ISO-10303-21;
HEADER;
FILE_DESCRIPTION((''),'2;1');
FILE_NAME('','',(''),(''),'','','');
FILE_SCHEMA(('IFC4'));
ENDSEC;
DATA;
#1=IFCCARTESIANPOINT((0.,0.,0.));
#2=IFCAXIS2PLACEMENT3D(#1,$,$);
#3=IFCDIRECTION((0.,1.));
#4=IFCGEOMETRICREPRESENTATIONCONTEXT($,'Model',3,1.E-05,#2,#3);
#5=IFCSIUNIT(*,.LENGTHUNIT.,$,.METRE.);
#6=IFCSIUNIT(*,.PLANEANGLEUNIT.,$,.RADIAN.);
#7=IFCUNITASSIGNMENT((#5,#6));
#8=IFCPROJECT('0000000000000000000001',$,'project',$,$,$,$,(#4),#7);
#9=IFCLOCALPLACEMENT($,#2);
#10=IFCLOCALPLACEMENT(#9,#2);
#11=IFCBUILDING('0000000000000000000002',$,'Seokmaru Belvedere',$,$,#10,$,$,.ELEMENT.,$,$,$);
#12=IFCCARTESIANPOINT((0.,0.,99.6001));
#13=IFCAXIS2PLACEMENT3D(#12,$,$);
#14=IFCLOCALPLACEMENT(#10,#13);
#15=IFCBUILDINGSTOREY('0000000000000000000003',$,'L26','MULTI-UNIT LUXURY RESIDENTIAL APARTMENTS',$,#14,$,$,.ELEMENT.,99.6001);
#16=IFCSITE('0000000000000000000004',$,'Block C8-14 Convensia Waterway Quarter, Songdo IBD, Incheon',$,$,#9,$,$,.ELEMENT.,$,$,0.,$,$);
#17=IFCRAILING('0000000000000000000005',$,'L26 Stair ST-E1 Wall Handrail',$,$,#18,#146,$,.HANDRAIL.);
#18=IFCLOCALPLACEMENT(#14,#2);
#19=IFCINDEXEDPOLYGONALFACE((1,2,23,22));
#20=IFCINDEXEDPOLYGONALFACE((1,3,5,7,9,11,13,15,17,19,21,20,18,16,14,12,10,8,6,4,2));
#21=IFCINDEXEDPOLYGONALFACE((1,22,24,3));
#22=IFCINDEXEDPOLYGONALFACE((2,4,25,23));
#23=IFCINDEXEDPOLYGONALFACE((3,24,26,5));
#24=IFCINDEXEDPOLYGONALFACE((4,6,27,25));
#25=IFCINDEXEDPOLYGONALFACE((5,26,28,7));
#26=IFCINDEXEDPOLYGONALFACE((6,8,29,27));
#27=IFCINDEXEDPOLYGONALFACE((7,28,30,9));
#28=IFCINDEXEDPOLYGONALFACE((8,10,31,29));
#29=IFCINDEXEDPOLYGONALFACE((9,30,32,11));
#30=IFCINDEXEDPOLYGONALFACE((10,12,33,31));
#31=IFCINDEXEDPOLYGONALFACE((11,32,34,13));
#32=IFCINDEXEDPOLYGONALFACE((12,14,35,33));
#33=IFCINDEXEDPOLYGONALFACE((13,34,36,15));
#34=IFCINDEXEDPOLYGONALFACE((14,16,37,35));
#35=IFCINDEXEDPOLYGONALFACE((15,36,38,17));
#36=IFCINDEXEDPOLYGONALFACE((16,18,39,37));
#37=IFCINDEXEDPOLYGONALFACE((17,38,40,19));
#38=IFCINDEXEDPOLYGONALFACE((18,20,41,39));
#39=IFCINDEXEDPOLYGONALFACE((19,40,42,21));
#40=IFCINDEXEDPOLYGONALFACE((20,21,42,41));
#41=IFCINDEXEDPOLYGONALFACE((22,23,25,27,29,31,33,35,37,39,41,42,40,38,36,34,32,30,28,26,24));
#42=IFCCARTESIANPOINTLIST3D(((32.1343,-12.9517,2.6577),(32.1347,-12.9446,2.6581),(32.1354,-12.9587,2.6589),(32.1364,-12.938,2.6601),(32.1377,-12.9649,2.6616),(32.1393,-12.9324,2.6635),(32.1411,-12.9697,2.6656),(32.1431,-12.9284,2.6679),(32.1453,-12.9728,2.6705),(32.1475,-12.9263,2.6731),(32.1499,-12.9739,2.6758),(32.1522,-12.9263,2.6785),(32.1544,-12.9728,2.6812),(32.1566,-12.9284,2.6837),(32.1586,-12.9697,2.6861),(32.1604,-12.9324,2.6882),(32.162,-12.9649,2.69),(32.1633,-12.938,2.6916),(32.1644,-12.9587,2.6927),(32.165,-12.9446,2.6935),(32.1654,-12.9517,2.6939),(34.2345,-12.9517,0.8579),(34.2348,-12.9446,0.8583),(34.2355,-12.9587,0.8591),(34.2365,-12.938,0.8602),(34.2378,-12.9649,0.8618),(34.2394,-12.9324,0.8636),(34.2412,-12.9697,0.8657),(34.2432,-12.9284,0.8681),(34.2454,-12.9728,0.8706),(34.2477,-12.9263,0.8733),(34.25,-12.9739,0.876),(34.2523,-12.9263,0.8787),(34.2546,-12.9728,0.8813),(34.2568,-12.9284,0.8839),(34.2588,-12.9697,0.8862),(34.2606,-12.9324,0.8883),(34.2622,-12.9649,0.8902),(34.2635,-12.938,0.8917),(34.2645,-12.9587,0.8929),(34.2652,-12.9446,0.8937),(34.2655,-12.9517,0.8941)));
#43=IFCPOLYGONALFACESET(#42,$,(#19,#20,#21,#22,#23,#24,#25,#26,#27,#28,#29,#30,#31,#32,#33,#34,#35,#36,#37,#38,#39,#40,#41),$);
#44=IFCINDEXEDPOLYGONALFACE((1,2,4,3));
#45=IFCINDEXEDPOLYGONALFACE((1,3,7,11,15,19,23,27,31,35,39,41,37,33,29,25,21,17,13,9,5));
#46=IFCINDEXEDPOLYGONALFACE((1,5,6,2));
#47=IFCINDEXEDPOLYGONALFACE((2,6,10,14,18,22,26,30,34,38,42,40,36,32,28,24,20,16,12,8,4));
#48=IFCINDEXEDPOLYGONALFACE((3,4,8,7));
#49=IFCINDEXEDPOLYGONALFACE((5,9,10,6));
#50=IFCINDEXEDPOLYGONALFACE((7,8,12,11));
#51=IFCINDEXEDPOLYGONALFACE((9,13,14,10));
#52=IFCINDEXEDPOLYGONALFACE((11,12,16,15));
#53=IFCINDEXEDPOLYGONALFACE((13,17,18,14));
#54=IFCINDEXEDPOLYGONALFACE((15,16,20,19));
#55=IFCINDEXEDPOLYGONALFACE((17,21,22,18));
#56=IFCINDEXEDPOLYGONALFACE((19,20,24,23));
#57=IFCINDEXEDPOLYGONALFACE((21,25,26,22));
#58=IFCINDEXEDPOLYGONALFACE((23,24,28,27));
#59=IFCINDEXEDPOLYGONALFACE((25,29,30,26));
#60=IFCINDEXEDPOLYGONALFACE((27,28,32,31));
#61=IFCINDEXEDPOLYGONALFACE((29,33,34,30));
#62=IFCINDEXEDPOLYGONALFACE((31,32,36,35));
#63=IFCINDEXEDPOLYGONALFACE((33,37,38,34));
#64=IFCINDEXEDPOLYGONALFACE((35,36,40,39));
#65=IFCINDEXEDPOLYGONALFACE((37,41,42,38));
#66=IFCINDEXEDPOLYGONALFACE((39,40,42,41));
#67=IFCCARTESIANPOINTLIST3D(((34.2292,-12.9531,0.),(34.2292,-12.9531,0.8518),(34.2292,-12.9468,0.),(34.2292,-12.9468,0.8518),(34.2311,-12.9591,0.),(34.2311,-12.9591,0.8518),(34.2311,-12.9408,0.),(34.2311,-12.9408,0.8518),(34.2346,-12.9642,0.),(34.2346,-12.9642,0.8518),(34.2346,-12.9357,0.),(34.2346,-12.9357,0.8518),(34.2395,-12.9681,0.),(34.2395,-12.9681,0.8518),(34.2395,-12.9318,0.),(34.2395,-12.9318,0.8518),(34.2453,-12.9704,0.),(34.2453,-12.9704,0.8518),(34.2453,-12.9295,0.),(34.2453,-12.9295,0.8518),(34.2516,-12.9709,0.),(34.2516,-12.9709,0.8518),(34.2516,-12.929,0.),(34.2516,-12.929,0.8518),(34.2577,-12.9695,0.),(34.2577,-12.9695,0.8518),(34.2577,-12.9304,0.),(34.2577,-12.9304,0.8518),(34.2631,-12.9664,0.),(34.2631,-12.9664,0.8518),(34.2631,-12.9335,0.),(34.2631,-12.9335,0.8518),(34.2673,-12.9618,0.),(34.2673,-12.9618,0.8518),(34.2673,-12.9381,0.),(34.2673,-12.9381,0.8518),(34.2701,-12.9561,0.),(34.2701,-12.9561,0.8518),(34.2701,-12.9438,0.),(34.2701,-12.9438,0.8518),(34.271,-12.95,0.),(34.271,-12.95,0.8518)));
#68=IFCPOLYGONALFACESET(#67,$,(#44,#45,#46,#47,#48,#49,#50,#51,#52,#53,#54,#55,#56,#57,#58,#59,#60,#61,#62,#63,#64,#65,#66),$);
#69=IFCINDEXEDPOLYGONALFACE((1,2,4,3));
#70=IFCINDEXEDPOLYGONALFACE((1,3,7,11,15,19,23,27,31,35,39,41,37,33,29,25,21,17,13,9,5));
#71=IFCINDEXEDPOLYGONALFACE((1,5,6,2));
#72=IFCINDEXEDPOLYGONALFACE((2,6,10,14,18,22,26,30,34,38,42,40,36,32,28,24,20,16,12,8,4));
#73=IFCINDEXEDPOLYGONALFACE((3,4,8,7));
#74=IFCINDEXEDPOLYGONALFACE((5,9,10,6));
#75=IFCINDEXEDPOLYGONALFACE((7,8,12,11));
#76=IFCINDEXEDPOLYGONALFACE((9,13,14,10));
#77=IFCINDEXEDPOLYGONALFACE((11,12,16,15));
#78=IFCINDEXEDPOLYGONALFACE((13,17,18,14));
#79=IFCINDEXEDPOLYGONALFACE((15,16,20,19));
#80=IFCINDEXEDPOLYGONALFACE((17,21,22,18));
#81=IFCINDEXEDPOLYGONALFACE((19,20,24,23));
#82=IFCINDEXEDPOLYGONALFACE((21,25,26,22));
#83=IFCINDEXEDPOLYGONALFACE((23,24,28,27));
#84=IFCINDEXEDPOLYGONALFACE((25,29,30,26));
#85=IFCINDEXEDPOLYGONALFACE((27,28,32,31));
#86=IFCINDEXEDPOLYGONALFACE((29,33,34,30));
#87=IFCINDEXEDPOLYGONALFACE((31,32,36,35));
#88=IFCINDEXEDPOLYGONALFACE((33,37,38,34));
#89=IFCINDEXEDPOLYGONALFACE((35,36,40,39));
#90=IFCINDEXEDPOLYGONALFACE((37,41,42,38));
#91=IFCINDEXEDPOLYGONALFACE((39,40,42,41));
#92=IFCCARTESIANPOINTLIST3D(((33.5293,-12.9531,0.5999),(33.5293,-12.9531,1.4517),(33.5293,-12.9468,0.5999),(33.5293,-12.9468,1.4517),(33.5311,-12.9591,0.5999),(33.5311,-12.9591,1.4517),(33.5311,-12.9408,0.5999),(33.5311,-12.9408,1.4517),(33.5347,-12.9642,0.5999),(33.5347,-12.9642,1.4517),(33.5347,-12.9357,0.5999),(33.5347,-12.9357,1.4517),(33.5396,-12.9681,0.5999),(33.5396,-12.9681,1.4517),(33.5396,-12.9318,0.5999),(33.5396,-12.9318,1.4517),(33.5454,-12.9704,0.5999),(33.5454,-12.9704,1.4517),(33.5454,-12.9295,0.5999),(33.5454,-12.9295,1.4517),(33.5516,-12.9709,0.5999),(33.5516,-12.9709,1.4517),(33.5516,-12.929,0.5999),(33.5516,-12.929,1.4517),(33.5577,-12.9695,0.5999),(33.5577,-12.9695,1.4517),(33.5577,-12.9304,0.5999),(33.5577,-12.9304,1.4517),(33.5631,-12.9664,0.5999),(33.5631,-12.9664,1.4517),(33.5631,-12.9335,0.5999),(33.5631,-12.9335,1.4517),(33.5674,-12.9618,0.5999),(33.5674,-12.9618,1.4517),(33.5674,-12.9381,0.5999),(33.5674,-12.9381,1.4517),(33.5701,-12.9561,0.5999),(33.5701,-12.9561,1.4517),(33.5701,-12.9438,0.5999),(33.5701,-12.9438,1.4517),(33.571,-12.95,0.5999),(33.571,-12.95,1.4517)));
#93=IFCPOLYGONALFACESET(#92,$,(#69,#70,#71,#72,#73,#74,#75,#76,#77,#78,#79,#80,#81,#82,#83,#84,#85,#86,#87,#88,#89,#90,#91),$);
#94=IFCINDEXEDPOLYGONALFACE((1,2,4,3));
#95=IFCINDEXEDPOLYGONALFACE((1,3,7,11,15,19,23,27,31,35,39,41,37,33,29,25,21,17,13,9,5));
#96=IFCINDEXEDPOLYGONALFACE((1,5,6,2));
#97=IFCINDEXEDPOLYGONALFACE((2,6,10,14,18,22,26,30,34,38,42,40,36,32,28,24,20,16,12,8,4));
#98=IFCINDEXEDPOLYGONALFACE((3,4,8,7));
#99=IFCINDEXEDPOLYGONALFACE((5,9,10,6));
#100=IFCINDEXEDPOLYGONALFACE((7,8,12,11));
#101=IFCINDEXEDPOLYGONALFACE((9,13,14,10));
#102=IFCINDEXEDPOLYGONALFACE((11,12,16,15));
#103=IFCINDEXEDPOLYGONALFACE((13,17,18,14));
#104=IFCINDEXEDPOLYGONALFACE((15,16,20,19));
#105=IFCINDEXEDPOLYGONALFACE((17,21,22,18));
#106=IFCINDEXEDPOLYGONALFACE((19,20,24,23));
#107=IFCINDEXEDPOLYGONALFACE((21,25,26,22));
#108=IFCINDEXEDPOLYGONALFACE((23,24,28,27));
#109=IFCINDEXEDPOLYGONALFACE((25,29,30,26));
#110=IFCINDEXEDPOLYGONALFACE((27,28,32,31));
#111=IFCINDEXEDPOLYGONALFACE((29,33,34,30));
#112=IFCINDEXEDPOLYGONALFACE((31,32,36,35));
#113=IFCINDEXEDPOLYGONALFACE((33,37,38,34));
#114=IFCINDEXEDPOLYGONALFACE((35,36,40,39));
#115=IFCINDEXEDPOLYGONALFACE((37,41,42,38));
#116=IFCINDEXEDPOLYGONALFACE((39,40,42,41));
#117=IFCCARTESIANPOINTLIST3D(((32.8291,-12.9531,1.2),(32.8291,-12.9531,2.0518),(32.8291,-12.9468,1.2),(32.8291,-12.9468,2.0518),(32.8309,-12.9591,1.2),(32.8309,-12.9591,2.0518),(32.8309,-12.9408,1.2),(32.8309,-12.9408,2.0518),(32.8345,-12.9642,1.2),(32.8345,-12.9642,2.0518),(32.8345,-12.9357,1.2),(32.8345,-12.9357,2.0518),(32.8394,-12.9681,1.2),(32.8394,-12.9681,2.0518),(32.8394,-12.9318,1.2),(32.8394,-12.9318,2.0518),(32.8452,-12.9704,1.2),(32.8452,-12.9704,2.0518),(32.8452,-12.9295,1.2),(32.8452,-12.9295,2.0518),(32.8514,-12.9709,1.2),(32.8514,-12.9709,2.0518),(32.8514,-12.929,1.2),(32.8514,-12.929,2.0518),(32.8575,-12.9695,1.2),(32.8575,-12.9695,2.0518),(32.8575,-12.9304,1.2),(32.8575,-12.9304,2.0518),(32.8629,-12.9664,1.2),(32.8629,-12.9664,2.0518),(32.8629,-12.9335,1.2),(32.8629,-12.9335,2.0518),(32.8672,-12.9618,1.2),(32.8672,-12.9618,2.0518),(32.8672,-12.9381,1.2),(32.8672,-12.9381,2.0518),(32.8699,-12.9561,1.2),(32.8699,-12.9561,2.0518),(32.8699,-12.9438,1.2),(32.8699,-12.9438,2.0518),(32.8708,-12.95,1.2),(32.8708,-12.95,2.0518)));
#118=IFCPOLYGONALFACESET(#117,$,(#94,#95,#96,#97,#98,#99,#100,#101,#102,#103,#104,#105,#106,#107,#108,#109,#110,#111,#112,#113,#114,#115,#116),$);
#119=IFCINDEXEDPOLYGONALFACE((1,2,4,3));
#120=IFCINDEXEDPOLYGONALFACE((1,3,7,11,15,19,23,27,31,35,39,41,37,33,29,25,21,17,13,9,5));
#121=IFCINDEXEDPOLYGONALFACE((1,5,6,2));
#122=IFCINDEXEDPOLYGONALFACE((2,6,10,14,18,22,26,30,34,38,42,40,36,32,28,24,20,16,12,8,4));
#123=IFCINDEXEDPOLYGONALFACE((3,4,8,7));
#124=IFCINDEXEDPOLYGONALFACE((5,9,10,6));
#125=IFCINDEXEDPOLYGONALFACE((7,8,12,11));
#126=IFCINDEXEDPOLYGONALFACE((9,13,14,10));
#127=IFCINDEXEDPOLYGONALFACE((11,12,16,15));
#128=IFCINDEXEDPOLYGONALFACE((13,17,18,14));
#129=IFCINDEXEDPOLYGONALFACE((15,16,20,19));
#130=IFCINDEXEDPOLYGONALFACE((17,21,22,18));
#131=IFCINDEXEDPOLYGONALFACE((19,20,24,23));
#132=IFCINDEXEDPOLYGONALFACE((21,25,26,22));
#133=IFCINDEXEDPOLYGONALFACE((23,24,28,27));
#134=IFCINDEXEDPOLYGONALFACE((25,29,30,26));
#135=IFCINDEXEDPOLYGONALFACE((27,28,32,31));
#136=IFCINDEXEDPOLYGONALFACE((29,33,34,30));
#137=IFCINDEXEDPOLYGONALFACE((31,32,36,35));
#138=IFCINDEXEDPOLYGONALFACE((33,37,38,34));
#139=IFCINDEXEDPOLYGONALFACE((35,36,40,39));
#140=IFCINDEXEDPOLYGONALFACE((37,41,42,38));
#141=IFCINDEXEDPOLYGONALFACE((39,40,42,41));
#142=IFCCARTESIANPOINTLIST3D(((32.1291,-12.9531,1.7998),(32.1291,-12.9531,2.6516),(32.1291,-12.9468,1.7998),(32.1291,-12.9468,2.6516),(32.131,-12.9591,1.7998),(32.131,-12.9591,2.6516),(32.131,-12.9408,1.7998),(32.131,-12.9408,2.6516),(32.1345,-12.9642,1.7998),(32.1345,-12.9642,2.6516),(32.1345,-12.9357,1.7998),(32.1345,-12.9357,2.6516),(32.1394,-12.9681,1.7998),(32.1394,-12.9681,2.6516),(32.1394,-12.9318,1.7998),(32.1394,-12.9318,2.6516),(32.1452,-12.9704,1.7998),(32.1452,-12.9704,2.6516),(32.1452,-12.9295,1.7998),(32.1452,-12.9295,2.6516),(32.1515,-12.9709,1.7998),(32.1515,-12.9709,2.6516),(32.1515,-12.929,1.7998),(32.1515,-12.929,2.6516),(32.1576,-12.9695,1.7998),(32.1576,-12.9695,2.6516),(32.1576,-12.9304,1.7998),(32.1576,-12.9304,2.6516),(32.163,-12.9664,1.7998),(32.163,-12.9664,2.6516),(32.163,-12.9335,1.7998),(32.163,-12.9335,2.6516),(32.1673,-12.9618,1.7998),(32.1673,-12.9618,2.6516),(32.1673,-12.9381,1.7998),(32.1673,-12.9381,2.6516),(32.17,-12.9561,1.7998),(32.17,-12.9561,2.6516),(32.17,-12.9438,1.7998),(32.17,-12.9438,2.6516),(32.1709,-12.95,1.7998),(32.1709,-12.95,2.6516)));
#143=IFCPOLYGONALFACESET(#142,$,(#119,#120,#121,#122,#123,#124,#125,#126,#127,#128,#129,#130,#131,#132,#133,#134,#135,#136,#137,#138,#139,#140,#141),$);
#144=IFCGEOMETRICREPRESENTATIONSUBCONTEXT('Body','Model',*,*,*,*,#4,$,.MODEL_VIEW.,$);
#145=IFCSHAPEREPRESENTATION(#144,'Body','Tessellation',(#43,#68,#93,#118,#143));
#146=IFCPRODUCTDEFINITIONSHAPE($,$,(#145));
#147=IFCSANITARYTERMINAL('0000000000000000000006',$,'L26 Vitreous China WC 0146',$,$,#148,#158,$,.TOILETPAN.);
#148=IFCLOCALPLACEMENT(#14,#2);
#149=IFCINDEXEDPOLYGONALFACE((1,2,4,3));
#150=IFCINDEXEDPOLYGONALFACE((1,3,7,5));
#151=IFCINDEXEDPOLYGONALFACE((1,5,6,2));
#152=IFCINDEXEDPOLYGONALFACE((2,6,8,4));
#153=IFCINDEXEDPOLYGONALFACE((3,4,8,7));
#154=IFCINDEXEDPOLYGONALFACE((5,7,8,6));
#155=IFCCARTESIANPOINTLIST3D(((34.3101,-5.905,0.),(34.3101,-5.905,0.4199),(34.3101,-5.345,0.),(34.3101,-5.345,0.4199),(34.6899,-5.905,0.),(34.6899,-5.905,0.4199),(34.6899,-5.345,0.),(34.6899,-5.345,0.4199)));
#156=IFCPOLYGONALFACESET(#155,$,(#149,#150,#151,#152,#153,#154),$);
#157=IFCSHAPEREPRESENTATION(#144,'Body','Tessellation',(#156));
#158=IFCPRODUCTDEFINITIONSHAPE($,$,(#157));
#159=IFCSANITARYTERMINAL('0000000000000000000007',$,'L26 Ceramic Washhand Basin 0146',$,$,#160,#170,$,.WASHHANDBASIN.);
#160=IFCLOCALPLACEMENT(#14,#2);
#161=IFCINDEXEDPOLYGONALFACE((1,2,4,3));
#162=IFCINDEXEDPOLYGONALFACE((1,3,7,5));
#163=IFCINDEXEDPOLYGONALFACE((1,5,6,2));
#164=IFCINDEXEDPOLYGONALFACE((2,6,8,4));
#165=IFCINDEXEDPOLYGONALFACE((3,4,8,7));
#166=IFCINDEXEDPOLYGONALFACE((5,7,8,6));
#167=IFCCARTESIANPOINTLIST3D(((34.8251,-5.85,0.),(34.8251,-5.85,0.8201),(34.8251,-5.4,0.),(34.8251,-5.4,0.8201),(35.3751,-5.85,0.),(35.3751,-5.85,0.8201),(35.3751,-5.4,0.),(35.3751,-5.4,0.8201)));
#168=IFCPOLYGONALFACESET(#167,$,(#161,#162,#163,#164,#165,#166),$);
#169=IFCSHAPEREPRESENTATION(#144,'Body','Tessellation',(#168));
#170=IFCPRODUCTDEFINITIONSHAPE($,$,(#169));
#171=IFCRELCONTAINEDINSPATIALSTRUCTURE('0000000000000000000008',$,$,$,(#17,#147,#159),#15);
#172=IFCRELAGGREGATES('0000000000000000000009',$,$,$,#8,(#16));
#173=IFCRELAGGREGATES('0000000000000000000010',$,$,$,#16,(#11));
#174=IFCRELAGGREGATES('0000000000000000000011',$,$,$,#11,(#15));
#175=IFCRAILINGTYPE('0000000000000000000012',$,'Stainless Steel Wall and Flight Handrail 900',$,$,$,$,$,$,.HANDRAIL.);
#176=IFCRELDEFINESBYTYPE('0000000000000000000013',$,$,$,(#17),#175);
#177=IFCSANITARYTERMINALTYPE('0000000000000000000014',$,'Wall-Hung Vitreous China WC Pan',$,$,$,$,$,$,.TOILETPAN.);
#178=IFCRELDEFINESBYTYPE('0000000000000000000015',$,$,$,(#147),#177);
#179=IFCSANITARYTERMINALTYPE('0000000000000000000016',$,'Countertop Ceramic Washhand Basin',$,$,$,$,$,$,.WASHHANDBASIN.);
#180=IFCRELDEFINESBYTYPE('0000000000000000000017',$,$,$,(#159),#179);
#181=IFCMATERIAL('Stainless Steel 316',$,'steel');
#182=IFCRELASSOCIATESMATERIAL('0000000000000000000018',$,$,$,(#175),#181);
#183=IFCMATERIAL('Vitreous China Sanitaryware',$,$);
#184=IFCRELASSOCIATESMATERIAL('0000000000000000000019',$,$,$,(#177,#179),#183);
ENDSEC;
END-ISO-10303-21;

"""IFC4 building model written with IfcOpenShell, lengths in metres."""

from ifc_helpers import new_model, si_unit, direction, frame, origin, origin_2d, place, context, subcontext, project, spatial, rectangle, circle, extrude, source, transform, mapped, material, type_object, type_shapes, element, save


model = new_model("IFC4")

# Units and contexts
model_context = context("Model", 3, precision=1e-05, world=origin(), true_north=direction((0.0, 1.0)))
body_context = subcontext(model_context, "Body", "Model", "MODEL_VIEW")
ifc_project = project(units=[si_unit("LENGTHUNIT", "METRE"), si_unit("PLANEANGLEUNIT", "RADIAN")], contexts=[model_context])

# Site, building, storey
site_placement = place(None, origin())
site = spatial("IfcSite", under=ifc_project, at=site_placement, Name="Block C8-14 Convensia Waterway Quarter, Songdo IBD, Incheon", CompositionType="ELEMENT", RefElevation=0.0)
building_placement = place(site_placement, origin())
building = spatial("IfcBuilding", under=site, at=building_placement, Name="Seokmaru Belvedere", CompositionType="ELEMENT")
storey_placement = place(building_placement, frame((0.0, 0.0, 99.6001)))
storey = spatial("IfcBuildingStorey", under=building, at=storey_placement, Name="L26", Description="MULTI-UNIT LUXURY RESIDENTIAL APARTMENTS", CompositionType="ELEMENT", Elevation=99.6001)

# Shared definitions
ifc_material_1 = material(Name="Stainless Steel 316", Category="steel")

# Railing
railing_type_1 = type_object("IfcRailingType", Name="Stainless Steel Wall and Flight Handrail 900", PredefinedType="HANDRAIL", material=ifc_material_1)
railing_1_placement = place(storey_placement, frame((34.25, -12.95, 0.0)))
element("IfcRailing", 1, at=railing_1_placement, inside=storey, type_object=railing_type_1, Name="L26 Stair ST-E1 Wall Handrail", PredefinedType="HANDRAIL", context=body_context, shape_type="SweptSolid", body=[
    extrude(circle(Radius=0.0239, at=origin_2d()), frame((0.0, 0.0, 0.876), z_axis=(-0.759306, 0.0, 0.650733), x_axis=(0.0, -1.0, 0.0)), (0.0, 0.0, 1.0), 2.7659),
    extrude(circle(Radius=0.021, at=origin_2d()), origin(), (0.0, 0.0, 1.0), 0.8518),
    extrude(circle(Radius=0.021, at=origin_2d()), frame((-0.7, 0.0, 0.5999)), (0.0, 0.0, 1.0), 0.8518),
    extrude(circle(Radius=0.021, at=origin_2d()), frame((-1.4001, 0.0, 1.2)), (0.0, 0.0, 1.0), 0.8518),
    extrude(circle(Radius=0.021, at=origin_2d()), frame((-2.1001, 0.0, 1.7998)), (0.0, 0.0, 1.0), 0.8518),
])

# Sanitary terminals
ifc_material_2 = material(Name="Vitreous China Sanitaryware")
sanitary_terminal_type_1 = type_object("IfcSanitaryTerminalType", Name="Wall-Hung Vitreous China WC Pan", PredefinedType="TOILETPAN", material=ifc_material_2)
shared_shape_1 = source(origin(), body_context, "Body", "SweptSolid", [
    extrude(rectangle(XDim=0.3799, YDim=0.5601, at=origin_2d()), origin(), (0.0, 0.0, 1.0), 0.4199),
])
type_shapes(sanitary_terminal_type_1, [shared_shape_1])
sanitary_terminal_1_placement = place(storey_placement, frame((34.5, -5.625, 0.0), z_axis=(0.0, 0.0, 1.0), x_axis=(1.0, 0.0, 0.0)))
element("IfcSanitaryTerminal", 2, at=sanitary_terminal_1_placement, inside=storey, type_object=sanitary_terminal_type_1, Name="L26 Vitreous China WC 0146", PredefinedType="TOILETPAN", context=body_context, shape_type="MappedRepresentation", body=[
    mapped(shared_shape_1, transform((0.0, 0.0, 0.0), scale=1.0)),
])
sanitary_terminal_type_2 = type_object("IfcSanitaryTerminalType", Name="Countertop Ceramic Washhand Basin", PredefinedType="WASHHANDBASIN", material=ifc_material_2)
shared_shape_2 = source(origin(), body_context, "Body", "SweptSolid", [
    extrude(rectangle(XDim=0.55, YDim=0.45, at=origin_2d()), origin(), (0.0, 0.0, 1.0), 0.8201),
])
type_shapes(sanitary_terminal_type_2, [shared_shape_2])
sanitary_terminal_2_placement = place(storey_placement, frame((35.1001, -5.625, 0.0), z_axis=(0.0, 0.0, 1.0), x_axis=(1.0, 0.0, 0.0)))
element("IfcSanitaryTerminal", 3, at=sanitary_terminal_2_placement, inside=storey, type_object=sanitary_terminal_type_2, Name="L26 Ceramic Washhand Basin 0146", PredefinedType="WASHHANDBASIN", context=body_context, shape_type="MappedRepresentation", body=[
    mapped(shared_shape_2, transform((0.0, 0.0, 0.0), scale=1.0)),
])

save(model, "model.ifc")
